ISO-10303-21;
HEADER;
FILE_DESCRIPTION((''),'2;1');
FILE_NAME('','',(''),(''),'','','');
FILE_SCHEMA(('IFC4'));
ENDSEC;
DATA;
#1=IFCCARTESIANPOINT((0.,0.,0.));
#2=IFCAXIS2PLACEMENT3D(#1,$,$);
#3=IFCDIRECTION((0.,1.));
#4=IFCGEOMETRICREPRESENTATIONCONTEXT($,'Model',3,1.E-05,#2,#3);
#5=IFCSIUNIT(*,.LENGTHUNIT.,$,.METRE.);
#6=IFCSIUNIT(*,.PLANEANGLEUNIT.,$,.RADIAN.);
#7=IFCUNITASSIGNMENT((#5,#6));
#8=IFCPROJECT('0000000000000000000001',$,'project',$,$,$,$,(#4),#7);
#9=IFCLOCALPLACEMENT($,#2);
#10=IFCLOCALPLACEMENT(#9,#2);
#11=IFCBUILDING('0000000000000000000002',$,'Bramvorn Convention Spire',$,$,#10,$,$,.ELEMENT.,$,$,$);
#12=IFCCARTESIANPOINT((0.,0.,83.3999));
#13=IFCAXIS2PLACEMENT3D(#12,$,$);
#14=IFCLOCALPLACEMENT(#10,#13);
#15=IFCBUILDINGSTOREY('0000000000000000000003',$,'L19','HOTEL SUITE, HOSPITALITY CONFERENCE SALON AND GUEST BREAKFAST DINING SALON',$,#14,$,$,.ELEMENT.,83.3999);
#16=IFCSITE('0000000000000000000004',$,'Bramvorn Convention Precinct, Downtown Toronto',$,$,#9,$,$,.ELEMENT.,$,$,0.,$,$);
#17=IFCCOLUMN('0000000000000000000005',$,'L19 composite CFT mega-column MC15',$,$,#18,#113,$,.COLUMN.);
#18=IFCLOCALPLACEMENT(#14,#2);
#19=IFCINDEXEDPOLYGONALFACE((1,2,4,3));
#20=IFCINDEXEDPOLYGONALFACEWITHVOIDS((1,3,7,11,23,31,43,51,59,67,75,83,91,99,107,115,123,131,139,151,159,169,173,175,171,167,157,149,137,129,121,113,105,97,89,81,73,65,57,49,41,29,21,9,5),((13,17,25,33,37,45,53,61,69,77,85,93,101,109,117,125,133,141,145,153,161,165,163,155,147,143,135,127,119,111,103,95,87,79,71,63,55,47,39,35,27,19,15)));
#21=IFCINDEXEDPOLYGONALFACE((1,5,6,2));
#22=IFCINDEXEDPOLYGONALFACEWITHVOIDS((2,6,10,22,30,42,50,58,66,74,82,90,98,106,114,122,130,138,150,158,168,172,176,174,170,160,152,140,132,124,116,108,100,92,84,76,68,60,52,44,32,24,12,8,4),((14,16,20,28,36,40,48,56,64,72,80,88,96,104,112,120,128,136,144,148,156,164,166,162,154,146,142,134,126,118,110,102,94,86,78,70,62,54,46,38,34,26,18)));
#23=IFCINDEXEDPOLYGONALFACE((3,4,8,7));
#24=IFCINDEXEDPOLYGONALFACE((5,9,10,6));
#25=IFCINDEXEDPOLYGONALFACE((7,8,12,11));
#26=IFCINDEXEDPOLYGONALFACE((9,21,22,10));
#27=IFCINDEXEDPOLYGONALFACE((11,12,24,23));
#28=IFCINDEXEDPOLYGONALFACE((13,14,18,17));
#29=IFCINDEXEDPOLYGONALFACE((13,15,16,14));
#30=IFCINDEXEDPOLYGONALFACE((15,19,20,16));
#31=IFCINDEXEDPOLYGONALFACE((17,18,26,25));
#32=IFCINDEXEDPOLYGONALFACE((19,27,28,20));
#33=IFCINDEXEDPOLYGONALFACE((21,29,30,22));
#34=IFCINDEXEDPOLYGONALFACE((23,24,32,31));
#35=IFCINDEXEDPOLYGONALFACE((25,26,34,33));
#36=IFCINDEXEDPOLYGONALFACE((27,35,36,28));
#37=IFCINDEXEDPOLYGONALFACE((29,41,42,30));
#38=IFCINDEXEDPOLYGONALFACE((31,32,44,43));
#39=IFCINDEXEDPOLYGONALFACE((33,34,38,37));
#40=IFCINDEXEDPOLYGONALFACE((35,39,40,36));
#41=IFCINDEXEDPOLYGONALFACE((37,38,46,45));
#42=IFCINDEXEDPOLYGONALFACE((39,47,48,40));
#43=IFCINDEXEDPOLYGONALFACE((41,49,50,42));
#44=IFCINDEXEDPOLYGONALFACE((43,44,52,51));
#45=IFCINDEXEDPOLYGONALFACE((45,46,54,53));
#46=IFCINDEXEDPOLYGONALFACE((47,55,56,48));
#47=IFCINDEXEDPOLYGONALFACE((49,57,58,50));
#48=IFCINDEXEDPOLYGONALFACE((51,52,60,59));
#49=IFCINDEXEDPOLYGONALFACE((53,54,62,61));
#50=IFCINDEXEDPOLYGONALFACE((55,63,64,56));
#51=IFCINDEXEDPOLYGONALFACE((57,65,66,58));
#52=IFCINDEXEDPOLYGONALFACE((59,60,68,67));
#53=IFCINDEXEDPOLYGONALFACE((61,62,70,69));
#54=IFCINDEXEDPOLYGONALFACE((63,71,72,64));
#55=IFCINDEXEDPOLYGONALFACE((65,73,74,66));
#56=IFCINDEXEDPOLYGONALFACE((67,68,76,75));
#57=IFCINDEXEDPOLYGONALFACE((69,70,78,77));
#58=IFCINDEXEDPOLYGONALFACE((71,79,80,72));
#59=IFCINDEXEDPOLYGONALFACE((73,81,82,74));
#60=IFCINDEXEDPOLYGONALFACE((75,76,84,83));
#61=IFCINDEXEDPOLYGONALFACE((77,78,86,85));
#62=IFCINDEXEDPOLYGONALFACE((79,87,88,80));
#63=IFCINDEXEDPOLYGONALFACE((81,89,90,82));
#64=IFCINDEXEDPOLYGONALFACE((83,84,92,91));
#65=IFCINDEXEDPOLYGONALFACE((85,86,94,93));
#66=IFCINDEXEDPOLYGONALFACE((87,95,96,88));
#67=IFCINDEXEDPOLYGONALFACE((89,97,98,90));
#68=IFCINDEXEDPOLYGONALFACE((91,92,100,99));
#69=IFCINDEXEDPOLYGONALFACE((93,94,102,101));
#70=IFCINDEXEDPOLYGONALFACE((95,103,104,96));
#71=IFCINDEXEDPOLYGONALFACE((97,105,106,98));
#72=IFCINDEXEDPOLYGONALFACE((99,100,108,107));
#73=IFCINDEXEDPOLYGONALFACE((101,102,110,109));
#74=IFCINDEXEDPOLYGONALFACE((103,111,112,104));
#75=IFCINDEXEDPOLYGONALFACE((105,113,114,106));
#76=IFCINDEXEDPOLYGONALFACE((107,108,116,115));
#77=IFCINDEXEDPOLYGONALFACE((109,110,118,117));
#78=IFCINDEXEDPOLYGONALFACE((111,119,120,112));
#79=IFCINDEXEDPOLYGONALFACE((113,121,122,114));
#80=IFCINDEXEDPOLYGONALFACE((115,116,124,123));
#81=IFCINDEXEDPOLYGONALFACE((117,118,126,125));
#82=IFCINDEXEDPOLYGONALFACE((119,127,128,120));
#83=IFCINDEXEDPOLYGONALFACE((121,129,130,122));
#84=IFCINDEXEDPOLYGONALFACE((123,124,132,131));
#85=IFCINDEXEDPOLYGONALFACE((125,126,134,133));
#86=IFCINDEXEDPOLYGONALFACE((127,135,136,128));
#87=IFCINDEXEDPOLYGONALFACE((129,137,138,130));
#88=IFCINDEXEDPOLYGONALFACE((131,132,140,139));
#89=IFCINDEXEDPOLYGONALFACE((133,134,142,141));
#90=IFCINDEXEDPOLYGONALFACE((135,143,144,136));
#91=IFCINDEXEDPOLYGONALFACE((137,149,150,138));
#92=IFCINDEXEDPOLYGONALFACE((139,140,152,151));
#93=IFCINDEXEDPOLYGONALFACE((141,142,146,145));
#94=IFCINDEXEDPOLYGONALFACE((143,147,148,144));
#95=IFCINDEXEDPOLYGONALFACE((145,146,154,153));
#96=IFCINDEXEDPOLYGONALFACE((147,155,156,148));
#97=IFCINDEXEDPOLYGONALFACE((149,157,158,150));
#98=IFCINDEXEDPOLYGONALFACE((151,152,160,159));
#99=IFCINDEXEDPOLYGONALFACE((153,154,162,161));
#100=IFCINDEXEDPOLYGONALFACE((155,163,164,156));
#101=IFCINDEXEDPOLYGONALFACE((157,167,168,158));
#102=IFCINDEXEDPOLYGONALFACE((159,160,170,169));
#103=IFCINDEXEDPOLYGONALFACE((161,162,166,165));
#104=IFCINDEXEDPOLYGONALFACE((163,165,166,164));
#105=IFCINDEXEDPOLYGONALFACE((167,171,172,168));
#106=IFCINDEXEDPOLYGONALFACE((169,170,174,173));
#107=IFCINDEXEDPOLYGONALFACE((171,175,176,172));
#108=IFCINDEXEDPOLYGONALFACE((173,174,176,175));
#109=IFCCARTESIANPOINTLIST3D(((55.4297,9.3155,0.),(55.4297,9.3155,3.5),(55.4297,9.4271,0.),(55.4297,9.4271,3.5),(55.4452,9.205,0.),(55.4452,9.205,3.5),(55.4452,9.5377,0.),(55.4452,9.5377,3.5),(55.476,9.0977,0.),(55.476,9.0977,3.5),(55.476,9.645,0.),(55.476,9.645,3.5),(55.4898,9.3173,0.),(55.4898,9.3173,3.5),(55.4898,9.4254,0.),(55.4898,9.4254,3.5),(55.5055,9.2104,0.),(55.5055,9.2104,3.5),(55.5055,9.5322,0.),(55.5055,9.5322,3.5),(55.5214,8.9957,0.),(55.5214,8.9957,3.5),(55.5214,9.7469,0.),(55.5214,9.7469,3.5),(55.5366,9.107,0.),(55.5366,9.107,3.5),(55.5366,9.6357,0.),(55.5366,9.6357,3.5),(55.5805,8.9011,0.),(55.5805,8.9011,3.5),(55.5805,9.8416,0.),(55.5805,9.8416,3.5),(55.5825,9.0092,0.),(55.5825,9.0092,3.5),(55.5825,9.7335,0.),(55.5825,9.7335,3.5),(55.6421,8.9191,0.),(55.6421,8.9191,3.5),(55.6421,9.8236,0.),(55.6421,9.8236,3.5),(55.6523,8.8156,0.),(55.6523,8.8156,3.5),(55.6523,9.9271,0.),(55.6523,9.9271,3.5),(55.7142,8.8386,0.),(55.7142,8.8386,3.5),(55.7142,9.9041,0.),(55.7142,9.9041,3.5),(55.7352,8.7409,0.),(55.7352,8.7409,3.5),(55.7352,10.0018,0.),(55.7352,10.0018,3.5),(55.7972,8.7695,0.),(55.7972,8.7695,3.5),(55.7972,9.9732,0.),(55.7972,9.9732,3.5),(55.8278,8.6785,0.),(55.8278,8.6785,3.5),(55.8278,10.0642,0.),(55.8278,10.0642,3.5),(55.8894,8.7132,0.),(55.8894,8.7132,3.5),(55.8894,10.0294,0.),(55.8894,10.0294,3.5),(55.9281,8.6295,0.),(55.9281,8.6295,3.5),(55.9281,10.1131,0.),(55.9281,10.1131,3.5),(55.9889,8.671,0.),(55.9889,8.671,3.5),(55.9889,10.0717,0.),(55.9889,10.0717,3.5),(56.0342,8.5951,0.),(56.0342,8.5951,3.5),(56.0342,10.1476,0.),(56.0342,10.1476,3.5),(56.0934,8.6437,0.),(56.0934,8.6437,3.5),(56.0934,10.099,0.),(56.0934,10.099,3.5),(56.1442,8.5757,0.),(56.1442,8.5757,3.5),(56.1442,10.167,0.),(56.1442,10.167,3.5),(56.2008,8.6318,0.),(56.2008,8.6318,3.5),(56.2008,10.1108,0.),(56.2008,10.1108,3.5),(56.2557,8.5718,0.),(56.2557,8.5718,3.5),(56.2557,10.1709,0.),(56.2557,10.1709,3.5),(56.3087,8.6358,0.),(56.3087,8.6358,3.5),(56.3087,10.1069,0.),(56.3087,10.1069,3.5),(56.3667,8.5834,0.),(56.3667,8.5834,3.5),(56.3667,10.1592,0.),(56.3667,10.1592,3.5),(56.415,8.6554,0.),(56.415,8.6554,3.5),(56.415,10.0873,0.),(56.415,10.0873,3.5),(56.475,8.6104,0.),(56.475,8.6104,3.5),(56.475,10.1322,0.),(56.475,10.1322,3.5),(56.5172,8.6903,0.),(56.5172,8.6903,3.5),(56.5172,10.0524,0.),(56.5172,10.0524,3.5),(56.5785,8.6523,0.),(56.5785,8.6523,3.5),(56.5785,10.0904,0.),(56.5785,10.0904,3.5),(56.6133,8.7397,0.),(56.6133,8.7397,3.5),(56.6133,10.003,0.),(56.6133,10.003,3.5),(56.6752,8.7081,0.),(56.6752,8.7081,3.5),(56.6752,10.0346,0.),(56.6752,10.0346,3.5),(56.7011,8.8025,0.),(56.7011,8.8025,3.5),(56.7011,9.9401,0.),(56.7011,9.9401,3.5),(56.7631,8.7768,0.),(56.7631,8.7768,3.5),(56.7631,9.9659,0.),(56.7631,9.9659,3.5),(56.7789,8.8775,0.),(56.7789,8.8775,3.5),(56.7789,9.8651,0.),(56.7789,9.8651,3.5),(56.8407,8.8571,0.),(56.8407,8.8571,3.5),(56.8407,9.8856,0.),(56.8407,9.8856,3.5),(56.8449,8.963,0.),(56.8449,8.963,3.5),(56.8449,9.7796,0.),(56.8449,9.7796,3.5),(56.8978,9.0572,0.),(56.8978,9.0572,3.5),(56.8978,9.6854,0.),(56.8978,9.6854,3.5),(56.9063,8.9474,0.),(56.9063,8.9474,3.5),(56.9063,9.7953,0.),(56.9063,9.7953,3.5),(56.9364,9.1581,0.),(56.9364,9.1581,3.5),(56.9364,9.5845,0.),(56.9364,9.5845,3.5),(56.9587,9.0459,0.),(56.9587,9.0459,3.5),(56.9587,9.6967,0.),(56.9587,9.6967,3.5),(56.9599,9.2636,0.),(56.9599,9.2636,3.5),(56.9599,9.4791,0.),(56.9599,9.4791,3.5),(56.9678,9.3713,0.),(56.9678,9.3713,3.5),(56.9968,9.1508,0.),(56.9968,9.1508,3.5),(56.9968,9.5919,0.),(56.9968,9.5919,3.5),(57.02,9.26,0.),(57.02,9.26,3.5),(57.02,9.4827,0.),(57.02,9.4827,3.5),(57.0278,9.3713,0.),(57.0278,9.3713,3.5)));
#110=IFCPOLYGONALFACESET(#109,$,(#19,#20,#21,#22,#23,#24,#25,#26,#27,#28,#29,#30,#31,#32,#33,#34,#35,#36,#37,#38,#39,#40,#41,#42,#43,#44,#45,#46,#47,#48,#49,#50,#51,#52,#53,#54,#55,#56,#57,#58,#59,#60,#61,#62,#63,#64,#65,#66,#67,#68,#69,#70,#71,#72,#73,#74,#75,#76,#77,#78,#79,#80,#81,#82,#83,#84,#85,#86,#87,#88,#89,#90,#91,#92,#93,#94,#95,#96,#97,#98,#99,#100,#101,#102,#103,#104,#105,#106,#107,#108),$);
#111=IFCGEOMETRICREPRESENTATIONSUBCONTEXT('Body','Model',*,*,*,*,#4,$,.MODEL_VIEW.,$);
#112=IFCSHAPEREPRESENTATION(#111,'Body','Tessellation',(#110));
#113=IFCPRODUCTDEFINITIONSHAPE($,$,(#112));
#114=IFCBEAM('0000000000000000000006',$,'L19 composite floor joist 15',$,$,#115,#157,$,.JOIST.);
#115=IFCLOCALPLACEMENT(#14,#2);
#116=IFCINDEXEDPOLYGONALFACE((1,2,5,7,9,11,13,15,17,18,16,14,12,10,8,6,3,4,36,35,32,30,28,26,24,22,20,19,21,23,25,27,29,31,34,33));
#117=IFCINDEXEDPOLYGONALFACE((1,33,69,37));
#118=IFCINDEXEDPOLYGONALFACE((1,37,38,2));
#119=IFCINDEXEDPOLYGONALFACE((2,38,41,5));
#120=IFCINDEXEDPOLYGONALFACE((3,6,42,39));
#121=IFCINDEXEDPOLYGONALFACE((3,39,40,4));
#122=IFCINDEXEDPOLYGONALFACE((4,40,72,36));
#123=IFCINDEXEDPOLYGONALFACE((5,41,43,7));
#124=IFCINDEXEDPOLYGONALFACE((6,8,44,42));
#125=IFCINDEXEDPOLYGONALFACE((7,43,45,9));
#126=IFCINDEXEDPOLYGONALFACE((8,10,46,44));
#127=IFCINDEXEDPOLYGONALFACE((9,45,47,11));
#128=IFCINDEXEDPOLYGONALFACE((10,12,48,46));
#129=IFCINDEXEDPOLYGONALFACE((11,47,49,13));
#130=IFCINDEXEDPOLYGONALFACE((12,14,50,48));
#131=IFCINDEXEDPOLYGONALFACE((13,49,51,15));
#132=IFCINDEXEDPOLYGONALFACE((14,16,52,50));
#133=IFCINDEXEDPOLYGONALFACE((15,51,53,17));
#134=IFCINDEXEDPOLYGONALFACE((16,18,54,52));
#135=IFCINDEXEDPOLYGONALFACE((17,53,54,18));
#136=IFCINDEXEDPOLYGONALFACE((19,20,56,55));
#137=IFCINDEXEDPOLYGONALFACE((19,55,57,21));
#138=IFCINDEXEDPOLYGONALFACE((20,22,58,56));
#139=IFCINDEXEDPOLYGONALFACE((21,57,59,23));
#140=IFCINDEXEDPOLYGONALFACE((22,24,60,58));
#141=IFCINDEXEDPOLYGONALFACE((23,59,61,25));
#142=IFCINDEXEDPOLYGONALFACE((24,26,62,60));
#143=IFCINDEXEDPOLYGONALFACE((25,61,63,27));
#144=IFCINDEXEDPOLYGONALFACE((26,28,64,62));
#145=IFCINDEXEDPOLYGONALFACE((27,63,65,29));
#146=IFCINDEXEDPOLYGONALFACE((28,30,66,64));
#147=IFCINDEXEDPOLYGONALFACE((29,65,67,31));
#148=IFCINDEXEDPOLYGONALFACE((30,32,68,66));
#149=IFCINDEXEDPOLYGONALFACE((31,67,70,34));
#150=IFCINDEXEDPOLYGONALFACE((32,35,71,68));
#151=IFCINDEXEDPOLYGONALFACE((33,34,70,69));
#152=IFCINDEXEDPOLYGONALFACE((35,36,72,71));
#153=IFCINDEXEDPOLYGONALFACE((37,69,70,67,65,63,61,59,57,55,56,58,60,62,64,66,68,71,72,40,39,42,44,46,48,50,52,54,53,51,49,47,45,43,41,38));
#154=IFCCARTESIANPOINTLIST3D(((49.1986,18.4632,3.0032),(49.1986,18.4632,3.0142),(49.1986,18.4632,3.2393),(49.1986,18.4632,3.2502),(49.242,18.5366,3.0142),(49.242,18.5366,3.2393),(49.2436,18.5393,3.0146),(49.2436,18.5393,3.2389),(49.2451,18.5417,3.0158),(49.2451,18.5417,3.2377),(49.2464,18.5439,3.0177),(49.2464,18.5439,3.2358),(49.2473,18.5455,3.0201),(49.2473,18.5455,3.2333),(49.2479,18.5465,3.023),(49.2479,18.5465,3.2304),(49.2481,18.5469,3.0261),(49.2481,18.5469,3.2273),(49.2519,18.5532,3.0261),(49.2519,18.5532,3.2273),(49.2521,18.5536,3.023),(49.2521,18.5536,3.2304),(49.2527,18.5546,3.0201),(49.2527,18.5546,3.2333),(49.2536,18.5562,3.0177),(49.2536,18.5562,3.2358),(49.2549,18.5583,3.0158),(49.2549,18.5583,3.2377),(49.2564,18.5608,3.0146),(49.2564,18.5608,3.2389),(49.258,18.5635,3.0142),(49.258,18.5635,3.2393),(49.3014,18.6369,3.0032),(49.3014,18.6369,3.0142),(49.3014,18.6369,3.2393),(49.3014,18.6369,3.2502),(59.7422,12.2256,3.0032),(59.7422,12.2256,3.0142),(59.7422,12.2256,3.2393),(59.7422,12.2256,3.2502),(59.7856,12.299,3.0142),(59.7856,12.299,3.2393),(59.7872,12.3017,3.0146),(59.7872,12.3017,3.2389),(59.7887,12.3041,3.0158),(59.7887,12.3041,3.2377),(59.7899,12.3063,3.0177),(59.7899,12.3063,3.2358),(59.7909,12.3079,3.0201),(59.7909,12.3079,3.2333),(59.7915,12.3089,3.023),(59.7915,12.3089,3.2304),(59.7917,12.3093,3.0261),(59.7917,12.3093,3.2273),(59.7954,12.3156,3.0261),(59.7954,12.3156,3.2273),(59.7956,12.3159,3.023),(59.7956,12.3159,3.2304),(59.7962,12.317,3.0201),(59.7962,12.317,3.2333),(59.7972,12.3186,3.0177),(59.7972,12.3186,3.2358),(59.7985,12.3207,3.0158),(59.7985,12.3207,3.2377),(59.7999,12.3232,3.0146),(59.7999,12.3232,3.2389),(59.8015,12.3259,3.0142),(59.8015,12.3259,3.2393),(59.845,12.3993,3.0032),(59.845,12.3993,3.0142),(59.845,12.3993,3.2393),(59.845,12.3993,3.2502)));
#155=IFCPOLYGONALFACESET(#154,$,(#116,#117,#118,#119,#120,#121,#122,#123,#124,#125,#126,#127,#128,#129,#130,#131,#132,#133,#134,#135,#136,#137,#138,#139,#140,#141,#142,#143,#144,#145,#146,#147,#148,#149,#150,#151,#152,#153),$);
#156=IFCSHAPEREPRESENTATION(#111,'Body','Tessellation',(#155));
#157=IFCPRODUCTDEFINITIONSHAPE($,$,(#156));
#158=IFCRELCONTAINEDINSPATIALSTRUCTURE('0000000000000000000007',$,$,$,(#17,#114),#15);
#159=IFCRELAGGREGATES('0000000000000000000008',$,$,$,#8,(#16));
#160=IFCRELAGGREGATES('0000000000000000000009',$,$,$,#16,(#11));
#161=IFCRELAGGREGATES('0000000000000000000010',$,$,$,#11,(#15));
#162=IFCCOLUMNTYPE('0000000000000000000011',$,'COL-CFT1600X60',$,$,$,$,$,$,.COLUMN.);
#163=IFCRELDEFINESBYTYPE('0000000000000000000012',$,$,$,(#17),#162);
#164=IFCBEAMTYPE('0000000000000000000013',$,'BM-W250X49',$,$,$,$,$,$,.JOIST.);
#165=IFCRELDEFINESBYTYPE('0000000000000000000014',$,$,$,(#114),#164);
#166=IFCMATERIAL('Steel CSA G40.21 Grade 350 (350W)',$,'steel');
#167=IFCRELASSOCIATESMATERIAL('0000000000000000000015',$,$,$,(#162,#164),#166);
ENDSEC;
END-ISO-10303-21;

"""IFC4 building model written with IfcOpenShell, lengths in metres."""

from ifc_helpers import new_model, si_unit, direction, frame, origin, origin_2d, place, context, subcontext, project, spatial, hollow_circle, i_section, extrude, material, material_profile, profile_set, type_object, element, save


model = new_model("IFC4")

# Units and contexts
model_context = context("Model", 3, precision=1e-05, world=origin(), true_north=direction((0.0, 1.0)))
body_context = subcontext(model_context, "Body", "Model", "MODEL_VIEW")
ifc_project = project(units=[si_unit("LENGTHUNIT", "METRE"), si_unit("PLANEANGLEUNIT", "RADIAN")], contexts=[model_context])

# Site, building, storey
site_placement = place(None, origin())
site = spatial("IfcSite", under=ifc_project, at=site_placement, Name="Bramvorn Convention Precinct, Downtown Toronto", CompositionType="ELEMENT", RefElevation=0.0)
building_placement = place(site_placement, origin())
building = spatial("IfcBuilding", under=site, at=building_placement, Name="Bramvorn Convention Spire", CompositionType="ELEMENT")
storey_placement = place(building_placement, frame((0.0, 0.0, 83.3999)))
storey = spatial("IfcBuildingStorey", under=building, at=storey_placement, Name="L19", Description="HOTEL SUITE, HOSPITALITY CONFERENCE SALON AND GUEST BREAKFAST DINING SALON", CompositionType="ELEMENT", Elevation=83.3999)

# Column
ifc_material_1 = material(Name="Steel CSA G40.21 Grade 350 (350W)", Category="steel")
ifc_material_profile_1 = material_profile(ifc_material_1, hollow_circle(Radius=0.8, WallThickness=0.0601, at=origin_2d()))
ifc_profile_set_1 = profile_set([ifc_material_profile_1], Name="Steel CSA G40.21 Grade 350 (350W) - CFT1600X60")
column_type = type_object("IfcColumnType", Name="COL-CFT1600X60", PredefinedType="COLUMN", material=ifc_profile_set_1)
column_placement = place(storey_placement, frame((56.2278, 9.3713, 0.0), z_axis=(0.0, 0.0, 1.0), x_axis=(1.0, 0.0, 0.0)))
element("IfcColumn", 1, at=column_placement, inside=storey, type_object=column_type, Name="L19 composite CFT mega-column MC15", PredefinedType="COLUMN", context=body_context, shape_type="SweptSolid", body=[
    extrude(hollow_circle(Radius=0.8, WallThickness=0.0601, at=origin_2d()), origin(), (0.0, 0.0, 1.0), 3.5),
])

# Beam
ifc_material_profile_2 = material_profile(ifc_material_1, i_section(OverallWidth=0.2019, OverallDepth=0.2471, WebThickness=0.0073, FlangeThickness=0.011, FilletRadius=0.012, at=origin_2d()))
ifc_profile_set_2 = profile_set([ifc_material_profile_2], Name="Steel CSA G40.21 Grade 350 (350W) - W250X49")
beam_type_1 = type_object("IfcBeamType", Name="BM-W250X49", PredefinedType="JOIST", material=ifc_profile_set_2)
beam_1_placement = place(storey_placement, frame((49.25, 18.55, 3.1267), z_axis=(0.860665, -0.509172, 0.0), x_axis=(0.509172, 0.860665, 0.0)))
element("IfcBeam", 2, at=beam_1_placement, inside=storey, type_object=beam_type_1, Name="L19 composite floor joist 15", PredefinedType="JOIST", context=body_context, shape_type="SweptSolid", body=[
    extrude(i_section(OverallWidth=0.2019, OverallDepth=0.2471, WebThickness=0.0073, FlangeThickness=0.011, FilletRadius=0.012, at=origin_2d()), origin(), (0.0, 0.0, 1.0), 12.2505),
])

save(model, "model.ifc")
